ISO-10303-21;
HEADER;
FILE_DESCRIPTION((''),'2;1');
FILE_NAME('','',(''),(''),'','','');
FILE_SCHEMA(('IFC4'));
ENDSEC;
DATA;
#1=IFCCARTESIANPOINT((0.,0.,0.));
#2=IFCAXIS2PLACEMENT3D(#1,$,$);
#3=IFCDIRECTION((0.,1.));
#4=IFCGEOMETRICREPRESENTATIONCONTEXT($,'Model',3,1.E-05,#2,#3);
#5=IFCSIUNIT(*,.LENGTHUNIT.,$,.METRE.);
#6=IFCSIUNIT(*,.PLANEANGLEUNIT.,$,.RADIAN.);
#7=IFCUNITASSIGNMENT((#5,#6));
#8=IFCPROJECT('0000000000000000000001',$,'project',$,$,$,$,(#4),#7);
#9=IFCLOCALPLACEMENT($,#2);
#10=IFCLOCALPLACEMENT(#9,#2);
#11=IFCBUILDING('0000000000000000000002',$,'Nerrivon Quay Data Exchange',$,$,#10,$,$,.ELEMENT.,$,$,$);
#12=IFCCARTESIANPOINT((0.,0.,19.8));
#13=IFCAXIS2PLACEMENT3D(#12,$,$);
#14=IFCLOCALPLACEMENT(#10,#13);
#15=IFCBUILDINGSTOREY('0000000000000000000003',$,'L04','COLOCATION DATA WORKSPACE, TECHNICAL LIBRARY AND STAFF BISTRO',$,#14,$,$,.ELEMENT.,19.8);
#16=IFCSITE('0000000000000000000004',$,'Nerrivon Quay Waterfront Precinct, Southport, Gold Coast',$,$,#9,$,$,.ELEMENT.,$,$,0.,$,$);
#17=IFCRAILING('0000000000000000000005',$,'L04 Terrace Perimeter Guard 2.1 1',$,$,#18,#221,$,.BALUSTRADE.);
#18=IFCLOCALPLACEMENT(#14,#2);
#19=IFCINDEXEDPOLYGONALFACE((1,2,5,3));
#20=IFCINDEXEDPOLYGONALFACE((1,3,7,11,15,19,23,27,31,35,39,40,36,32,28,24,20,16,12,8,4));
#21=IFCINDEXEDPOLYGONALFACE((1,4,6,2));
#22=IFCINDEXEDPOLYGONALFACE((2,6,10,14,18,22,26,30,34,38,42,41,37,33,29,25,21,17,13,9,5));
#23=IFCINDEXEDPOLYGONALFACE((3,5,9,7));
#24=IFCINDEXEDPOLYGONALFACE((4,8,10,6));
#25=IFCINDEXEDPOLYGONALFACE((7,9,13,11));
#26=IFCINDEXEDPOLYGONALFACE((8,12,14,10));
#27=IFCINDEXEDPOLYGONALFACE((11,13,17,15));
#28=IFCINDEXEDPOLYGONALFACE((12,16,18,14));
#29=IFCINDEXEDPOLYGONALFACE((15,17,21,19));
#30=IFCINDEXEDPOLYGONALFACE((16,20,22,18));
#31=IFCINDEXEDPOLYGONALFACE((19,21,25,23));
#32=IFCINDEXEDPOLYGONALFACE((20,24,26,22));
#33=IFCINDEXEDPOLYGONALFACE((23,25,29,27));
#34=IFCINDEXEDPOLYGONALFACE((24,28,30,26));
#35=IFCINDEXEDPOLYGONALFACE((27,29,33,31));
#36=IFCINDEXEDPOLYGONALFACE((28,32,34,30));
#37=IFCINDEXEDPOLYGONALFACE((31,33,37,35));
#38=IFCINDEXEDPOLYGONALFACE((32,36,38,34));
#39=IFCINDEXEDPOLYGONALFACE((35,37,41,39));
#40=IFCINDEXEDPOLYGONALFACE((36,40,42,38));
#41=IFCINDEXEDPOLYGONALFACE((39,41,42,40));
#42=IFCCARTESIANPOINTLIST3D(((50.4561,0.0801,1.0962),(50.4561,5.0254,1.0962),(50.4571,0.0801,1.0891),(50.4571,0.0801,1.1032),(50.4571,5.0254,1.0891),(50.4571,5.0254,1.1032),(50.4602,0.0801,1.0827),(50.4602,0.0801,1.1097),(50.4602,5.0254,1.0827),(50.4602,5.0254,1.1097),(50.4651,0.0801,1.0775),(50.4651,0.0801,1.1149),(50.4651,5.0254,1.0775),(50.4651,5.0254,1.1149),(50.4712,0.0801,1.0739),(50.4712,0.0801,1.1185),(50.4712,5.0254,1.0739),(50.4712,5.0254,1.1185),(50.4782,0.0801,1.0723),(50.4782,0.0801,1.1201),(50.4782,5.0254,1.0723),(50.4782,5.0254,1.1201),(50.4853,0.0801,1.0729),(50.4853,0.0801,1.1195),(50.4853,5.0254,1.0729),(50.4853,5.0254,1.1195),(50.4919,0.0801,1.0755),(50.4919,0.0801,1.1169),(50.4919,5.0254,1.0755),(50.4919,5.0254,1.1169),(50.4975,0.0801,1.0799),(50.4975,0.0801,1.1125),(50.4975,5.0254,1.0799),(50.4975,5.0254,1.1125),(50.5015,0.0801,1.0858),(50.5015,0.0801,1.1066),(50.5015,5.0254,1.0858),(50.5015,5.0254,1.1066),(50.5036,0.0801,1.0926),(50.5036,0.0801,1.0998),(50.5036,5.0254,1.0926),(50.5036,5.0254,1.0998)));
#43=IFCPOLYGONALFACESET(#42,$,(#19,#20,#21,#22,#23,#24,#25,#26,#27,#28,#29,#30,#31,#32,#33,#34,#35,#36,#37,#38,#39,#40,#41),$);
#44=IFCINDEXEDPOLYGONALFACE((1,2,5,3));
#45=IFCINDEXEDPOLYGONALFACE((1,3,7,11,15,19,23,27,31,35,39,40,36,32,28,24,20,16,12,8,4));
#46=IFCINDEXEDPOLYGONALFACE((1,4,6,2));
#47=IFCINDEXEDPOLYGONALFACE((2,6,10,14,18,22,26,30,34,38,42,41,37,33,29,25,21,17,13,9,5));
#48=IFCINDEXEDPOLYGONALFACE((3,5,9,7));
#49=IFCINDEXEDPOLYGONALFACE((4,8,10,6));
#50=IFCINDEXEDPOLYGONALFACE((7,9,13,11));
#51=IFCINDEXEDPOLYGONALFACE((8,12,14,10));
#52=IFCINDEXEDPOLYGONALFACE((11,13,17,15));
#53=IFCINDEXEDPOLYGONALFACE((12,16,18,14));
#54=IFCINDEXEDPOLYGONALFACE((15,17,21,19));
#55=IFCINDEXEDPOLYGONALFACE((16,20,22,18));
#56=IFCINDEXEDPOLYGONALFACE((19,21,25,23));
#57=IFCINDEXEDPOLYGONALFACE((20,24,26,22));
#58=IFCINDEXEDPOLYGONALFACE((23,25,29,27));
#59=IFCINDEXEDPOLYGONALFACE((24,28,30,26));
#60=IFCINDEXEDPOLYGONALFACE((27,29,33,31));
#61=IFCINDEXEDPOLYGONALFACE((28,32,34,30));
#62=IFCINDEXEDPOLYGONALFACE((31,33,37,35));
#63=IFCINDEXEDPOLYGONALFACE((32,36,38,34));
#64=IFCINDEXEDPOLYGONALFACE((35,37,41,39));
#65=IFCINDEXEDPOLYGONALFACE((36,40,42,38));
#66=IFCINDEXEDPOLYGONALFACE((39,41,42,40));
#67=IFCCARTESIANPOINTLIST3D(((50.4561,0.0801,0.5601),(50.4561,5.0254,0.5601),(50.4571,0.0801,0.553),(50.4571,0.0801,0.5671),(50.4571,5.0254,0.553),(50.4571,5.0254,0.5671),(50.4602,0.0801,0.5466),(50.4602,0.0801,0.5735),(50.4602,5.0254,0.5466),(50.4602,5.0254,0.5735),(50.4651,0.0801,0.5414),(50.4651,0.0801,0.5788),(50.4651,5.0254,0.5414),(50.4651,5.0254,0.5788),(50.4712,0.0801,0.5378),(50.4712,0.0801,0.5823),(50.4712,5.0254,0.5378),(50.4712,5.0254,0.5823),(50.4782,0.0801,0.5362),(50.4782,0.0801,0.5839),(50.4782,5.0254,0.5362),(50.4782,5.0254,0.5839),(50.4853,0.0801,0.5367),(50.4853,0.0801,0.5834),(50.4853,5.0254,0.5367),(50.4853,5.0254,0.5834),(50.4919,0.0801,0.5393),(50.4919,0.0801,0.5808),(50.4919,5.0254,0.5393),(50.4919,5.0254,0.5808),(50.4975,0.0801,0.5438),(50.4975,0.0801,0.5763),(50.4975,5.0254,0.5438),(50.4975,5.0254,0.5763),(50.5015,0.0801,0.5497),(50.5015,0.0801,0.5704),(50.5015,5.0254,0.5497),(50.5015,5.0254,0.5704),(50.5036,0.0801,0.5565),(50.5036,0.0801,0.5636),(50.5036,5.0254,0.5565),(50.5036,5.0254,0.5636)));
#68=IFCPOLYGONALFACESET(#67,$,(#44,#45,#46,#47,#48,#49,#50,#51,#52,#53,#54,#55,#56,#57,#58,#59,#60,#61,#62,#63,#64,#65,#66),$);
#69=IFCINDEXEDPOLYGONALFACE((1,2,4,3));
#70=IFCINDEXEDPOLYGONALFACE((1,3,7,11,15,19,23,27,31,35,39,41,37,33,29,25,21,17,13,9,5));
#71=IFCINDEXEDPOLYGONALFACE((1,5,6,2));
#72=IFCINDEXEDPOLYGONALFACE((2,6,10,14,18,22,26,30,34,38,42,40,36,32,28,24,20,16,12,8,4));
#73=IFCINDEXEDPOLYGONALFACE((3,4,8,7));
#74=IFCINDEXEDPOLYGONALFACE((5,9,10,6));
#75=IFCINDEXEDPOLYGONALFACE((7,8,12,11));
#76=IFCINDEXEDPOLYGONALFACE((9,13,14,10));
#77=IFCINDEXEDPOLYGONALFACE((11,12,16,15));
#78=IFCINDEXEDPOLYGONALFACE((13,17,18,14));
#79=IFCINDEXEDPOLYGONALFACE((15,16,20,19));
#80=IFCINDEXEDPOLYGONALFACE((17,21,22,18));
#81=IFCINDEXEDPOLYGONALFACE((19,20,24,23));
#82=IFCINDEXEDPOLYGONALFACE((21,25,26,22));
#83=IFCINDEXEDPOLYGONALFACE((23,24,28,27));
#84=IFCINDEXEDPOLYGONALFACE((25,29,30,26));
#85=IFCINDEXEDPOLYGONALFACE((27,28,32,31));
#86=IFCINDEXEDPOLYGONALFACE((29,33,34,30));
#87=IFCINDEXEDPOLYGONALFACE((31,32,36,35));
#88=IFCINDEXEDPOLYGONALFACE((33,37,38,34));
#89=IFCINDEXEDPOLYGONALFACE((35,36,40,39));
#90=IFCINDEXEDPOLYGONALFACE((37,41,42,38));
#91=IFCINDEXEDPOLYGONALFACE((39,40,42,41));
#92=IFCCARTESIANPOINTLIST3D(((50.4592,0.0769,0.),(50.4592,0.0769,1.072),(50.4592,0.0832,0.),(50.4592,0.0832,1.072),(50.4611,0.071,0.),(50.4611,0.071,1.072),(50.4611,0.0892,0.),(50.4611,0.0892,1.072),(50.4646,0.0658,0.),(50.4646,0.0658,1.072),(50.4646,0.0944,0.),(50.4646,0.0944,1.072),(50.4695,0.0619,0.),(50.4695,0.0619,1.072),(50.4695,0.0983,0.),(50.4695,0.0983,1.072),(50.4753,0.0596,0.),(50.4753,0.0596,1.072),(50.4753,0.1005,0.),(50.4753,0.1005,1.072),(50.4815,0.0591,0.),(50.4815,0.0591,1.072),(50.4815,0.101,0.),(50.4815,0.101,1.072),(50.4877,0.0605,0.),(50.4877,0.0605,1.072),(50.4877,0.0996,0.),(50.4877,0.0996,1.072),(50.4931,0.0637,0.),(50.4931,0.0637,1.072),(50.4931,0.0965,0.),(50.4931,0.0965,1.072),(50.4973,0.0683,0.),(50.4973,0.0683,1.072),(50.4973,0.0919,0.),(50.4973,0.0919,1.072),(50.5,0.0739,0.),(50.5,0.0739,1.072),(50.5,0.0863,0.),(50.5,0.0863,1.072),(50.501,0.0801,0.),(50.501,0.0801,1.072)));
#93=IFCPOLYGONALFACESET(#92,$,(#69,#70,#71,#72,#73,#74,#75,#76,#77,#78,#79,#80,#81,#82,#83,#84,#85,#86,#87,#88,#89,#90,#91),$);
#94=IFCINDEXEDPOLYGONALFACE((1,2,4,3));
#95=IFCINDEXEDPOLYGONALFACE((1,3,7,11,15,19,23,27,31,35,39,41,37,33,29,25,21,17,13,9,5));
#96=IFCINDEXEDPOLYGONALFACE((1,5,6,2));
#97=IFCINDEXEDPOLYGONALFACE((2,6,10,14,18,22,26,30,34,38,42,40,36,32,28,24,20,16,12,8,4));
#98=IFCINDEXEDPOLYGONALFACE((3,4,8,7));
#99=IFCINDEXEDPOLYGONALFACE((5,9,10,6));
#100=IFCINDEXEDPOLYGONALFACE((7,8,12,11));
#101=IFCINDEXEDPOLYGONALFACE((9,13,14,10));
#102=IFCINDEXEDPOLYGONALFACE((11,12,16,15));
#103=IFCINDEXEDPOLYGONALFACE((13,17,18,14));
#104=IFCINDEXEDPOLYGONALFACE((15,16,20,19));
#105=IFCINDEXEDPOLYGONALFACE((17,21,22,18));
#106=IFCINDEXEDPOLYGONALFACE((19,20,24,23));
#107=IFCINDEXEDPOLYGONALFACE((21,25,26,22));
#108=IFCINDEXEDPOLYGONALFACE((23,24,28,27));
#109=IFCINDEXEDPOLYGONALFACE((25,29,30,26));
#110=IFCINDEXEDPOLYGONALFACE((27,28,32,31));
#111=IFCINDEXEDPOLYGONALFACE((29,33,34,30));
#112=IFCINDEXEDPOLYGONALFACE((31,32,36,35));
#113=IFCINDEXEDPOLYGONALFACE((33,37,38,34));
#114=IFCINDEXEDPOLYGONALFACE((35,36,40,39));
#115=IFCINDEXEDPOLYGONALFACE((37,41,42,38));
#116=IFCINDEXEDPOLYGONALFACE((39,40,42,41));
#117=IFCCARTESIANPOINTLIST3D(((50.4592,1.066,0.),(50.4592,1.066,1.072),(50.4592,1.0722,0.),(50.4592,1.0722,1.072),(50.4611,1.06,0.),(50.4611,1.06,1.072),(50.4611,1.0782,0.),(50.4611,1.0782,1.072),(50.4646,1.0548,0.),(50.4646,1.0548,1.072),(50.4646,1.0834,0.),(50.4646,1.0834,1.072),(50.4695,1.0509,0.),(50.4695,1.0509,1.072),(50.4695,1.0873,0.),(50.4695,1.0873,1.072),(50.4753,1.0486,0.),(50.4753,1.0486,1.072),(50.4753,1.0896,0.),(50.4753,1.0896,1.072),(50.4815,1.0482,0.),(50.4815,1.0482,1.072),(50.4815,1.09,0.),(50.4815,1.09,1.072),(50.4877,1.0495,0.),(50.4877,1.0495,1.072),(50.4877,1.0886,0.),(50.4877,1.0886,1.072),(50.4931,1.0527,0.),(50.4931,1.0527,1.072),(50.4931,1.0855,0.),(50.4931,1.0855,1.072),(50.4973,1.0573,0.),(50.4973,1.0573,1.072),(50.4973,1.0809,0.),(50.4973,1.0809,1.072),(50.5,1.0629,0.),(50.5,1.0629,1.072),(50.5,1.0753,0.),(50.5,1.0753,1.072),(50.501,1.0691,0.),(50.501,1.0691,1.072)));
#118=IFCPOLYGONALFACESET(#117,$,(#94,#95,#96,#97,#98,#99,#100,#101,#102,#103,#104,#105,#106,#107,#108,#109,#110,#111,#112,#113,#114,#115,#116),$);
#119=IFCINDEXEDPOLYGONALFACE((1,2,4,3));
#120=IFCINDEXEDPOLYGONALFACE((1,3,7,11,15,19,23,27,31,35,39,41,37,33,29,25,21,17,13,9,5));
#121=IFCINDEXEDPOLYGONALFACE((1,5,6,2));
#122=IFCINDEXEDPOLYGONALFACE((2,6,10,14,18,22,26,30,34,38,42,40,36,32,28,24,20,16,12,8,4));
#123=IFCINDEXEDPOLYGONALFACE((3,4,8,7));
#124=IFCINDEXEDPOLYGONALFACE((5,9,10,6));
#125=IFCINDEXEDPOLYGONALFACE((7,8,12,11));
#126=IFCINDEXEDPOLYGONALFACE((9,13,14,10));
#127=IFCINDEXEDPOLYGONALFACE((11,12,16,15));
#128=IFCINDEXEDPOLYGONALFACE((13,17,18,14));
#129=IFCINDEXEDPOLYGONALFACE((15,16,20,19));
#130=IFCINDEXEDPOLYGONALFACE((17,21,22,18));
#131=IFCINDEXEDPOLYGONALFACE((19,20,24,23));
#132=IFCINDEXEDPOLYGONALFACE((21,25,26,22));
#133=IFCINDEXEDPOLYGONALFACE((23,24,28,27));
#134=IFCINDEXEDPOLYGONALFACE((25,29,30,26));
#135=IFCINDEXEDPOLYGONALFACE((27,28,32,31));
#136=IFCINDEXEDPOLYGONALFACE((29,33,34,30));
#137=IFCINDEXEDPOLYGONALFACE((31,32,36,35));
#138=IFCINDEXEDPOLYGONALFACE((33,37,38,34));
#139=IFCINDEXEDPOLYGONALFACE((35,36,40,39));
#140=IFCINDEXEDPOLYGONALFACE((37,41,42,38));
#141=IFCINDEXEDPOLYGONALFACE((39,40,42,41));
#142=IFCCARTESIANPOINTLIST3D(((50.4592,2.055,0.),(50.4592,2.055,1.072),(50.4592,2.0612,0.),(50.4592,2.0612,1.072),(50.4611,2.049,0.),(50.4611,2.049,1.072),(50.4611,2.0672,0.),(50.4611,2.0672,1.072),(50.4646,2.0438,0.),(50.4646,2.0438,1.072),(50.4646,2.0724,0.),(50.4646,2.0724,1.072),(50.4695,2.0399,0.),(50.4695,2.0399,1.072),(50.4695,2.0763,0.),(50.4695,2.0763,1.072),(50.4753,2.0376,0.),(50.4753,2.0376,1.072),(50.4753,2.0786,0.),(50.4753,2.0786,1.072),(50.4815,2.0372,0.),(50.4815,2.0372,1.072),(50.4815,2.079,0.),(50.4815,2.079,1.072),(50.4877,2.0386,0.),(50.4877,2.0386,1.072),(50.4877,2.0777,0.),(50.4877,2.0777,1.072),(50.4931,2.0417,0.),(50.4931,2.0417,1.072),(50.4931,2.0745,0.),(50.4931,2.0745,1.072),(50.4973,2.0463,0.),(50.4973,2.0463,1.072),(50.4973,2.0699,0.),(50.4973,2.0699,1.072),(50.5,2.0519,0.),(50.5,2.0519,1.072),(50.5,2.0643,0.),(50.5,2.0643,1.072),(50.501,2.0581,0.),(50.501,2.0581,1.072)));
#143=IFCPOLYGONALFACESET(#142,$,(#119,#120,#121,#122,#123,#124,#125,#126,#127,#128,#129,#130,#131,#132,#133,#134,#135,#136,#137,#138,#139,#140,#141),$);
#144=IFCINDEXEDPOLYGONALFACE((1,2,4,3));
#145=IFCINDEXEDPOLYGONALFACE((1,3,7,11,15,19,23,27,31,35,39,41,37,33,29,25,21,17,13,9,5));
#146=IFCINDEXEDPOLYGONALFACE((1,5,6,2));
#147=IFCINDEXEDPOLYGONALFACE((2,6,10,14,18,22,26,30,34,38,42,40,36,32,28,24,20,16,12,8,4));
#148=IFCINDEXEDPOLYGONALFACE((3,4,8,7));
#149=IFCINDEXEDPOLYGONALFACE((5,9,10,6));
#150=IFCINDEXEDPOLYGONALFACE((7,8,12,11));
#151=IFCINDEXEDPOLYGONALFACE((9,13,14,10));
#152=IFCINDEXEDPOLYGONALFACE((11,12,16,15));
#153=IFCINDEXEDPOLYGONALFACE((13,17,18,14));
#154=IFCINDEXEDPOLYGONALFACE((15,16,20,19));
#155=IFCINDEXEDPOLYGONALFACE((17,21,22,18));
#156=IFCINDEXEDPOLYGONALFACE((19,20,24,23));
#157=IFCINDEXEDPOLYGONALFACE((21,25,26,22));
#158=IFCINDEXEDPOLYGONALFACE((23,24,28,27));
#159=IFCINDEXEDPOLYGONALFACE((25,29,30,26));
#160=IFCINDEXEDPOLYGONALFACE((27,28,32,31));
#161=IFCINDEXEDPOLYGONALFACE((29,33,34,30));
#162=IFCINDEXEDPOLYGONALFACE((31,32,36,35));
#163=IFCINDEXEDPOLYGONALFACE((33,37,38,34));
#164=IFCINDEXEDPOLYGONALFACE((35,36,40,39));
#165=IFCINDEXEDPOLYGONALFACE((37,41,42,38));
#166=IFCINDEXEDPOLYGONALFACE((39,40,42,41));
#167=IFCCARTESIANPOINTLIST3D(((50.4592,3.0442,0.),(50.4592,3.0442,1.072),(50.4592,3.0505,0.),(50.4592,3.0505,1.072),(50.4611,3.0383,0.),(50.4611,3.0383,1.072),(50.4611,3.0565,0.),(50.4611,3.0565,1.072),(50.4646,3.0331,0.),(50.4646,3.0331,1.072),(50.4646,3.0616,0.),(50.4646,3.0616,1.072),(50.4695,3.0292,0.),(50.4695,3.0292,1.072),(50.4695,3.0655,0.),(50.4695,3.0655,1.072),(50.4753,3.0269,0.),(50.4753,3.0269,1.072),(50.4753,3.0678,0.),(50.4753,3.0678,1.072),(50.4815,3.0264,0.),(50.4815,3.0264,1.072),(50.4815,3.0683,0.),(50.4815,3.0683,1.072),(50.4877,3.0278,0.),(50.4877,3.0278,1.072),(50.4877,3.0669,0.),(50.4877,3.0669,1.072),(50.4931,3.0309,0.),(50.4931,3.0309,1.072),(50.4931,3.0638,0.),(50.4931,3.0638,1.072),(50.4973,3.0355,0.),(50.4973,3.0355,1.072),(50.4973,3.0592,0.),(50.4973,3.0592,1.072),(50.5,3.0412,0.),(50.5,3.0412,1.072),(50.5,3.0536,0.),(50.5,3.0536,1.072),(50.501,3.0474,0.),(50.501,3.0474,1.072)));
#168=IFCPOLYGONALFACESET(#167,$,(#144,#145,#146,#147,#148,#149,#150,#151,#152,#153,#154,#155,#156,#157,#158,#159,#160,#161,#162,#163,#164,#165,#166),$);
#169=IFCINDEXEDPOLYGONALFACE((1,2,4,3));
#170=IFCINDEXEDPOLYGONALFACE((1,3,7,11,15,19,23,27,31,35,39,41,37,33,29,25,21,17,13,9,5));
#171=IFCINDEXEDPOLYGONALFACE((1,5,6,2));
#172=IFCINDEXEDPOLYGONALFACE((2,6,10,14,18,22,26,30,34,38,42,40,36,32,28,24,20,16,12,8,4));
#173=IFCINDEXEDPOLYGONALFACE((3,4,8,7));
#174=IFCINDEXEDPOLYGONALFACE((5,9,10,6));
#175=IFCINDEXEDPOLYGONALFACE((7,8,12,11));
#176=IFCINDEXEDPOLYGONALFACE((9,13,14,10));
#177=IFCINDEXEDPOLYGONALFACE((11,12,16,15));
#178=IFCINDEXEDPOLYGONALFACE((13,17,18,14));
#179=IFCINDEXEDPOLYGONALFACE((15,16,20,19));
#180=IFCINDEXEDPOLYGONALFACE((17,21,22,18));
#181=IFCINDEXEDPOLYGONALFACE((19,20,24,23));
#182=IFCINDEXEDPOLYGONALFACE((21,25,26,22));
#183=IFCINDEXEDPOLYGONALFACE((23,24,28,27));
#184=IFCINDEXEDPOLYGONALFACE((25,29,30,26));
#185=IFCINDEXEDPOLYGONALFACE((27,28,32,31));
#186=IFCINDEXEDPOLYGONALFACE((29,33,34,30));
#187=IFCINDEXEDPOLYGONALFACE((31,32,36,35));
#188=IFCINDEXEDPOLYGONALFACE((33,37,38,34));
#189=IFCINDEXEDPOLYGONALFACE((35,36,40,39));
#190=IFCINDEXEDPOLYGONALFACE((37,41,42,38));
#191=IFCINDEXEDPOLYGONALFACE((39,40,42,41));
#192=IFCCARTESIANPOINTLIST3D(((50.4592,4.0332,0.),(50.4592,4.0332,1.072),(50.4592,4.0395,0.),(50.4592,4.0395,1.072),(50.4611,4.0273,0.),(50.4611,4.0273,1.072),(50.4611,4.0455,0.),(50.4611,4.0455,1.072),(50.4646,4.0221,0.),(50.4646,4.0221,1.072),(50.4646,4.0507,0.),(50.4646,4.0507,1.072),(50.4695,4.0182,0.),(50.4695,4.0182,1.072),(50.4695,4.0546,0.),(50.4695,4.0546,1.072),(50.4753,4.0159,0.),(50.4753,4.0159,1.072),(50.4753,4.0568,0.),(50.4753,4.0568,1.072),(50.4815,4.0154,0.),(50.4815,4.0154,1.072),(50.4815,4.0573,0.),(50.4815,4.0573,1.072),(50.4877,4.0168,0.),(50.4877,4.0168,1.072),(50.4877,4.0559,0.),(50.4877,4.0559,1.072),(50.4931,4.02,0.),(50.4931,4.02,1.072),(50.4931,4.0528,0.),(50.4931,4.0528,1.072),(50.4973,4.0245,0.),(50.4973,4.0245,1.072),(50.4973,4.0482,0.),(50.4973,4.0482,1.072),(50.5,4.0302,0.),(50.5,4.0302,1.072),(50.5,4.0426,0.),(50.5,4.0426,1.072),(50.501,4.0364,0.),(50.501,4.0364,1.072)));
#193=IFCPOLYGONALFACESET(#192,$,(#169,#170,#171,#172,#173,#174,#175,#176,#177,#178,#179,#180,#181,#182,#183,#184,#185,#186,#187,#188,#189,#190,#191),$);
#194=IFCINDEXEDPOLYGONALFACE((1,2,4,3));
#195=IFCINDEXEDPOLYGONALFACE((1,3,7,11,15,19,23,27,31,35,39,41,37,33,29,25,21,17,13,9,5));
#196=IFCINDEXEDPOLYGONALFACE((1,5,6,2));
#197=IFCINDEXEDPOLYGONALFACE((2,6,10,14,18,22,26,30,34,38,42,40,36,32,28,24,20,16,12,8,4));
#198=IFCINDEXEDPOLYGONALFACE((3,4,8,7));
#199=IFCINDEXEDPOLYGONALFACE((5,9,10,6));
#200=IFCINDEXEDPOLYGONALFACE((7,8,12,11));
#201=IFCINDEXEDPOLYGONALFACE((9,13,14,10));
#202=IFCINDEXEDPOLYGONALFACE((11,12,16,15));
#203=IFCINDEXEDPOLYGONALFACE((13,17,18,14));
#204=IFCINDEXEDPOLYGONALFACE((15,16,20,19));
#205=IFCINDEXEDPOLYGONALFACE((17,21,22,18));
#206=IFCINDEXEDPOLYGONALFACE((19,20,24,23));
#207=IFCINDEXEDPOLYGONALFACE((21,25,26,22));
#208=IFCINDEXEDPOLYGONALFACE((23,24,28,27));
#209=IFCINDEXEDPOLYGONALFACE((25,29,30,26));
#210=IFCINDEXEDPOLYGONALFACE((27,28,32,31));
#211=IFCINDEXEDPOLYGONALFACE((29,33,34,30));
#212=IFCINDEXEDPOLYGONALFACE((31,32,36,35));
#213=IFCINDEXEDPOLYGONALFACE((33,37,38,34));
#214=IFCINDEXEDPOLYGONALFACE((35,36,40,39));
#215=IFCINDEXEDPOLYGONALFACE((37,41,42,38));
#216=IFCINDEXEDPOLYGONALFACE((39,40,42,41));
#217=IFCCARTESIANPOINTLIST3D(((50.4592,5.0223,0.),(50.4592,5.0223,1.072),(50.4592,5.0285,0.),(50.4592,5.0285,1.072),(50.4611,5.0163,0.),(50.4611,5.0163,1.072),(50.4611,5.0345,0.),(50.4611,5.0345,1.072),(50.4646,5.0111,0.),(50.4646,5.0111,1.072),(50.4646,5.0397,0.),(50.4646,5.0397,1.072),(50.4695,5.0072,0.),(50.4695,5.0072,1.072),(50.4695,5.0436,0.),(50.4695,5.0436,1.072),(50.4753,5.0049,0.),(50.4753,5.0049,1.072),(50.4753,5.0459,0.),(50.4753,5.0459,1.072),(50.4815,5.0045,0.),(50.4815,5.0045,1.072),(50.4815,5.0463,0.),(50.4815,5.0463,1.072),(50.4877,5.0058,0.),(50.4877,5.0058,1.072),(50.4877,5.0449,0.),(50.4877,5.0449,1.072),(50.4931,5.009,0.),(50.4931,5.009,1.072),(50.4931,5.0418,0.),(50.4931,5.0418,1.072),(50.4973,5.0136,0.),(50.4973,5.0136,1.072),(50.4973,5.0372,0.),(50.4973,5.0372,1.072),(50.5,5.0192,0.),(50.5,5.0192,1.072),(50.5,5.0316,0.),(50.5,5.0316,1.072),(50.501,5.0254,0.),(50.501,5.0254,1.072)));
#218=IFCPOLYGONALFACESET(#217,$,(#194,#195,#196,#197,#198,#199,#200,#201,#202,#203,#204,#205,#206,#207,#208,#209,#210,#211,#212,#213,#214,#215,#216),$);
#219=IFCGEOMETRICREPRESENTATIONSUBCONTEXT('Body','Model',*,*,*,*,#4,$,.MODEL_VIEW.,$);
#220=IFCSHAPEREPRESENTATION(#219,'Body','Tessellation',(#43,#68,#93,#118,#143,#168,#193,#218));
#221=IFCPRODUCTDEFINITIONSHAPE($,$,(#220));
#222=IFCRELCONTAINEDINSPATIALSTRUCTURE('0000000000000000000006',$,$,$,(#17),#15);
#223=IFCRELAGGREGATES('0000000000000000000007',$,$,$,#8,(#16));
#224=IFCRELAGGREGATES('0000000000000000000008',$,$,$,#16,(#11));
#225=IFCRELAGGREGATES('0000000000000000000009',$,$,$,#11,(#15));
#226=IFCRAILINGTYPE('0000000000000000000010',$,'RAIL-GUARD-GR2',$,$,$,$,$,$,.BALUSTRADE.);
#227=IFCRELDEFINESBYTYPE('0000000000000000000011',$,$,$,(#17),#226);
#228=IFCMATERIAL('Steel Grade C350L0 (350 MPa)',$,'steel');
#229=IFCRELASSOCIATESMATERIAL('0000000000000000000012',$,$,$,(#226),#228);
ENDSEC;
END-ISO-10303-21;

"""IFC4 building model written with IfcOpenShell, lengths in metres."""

from ifc_helpers import new_model, si_unit, direction, frame, origin, origin_2d, place, context, subcontext, project, spatial, circle, extrude, material, type_object, element, save


model = new_model("IFC4")

# Units and contexts
model_context = context("Model", 3, precision=1e-05, world=origin(), true_north=direction((0.0, 1.0)))
body_context = subcontext(model_context, "Body", "Model", "MODEL_VIEW")
ifc_project = project(units=[si_unit("LENGTHUNIT", "METRE"), si_unit("PLANEANGLEUNIT", "RADIAN")], contexts=[model_context])

# Site, building, storey
site_placement = place(None, origin())
site = spatial("IfcSite", under=ifc_project, at=site_placement, Name="Nerrivon Quay Waterfront Precinct, Southport, Gold Coast", CompositionType="ELEMENT", RefElevation=0.0)
building_placement = place(site_placement, origin())
building = spatial("IfcBuilding", under=site, at=building_placement, Name="Nerrivon Quay Data Exchange", CompositionType="ELEMENT")
storey_placement = place(building_placement, frame((0.0, 0.0, 19.8)))
storey = spatial("IfcBuildingStorey", under=building, at=storey_placement, Name="L04", Description="COLOCATION DATA WORKSPACE, TECHNICAL LIBRARY AND STAFF BISTRO", CompositionType="ELEMENT", Elevation=19.8)

# Railing
ifc_material_1 = material(Name="Steel Grade C350L0 (350 MPa)", Category="steel")
railing_type = type_object("IfcRailingType", Name="RAIL-GUARD-GR2", PredefinedType="BALUSTRADE", material=ifc_material_1)
railing_1_placement = place(storey_placement, frame((50.48, 0.0801, 0.0)))
element("IfcRailing", 1, at=railing_1_placement, inside=storey, type_object=railing_type, Name="L04 Terrace Perimeter Guard 2.1 1", PredefinedType="BALUSTRADE", context=body_context, shape_type="SweptSolid", body=[
    extrude(circle(Radius=0.0239, at=origin_2d()), frame((0.0, 0.0, 1.0962), z_axis=(0.0, 1.0, 0.0), x_axis=(-1.0, 0.0, 0.0)), (0.0, 0.0, 1.0), 4.9453),
    extrude(circle(Radius=0.0239, at=origin_2d()), frame((0.0, 0.0, 0.5601), z_axis=(0.0, 1.0, 0.0), x_axis=(-1.0, 0.0, 0.0)), (0.0, 0.0, 1.0), 4.9453),
    extrude(circle(Radius=0.021, at=origin_2d()), origin(), (0.0, 0.0, 1.0), 1.072),
    extrude(circle(Radius=0.021, at=origin_2d()), frame((0.0, 0.989, 0.0)), (0.0, 0.0, 1.0), 1.072),
    extrude(circle(Radius=0.021, at=origin_2d()), frame((0.0, 1.978, 0.0)), (0.0, 0.0, 1.0), 1.072),
    extrude(circle(Radius=0.021, at=origin_2d()), frame((0.0, 2.9673, 0.0)), (0.0, 0.0, 1.0), 1.072),
    extrude(circle(Radius=0.021, at=origin_2d()), frame((0.0, 3.9563, 0.0)), (0.0, 0.0, 1.0), 1.072),
    extrude(circle(Radius=0.021, at=origin_2d()), frame((0.0, 4.9453, 0.0)), (0.0, 0.0, 1.0), 1.072),
])

save(model, "model.ifc")
